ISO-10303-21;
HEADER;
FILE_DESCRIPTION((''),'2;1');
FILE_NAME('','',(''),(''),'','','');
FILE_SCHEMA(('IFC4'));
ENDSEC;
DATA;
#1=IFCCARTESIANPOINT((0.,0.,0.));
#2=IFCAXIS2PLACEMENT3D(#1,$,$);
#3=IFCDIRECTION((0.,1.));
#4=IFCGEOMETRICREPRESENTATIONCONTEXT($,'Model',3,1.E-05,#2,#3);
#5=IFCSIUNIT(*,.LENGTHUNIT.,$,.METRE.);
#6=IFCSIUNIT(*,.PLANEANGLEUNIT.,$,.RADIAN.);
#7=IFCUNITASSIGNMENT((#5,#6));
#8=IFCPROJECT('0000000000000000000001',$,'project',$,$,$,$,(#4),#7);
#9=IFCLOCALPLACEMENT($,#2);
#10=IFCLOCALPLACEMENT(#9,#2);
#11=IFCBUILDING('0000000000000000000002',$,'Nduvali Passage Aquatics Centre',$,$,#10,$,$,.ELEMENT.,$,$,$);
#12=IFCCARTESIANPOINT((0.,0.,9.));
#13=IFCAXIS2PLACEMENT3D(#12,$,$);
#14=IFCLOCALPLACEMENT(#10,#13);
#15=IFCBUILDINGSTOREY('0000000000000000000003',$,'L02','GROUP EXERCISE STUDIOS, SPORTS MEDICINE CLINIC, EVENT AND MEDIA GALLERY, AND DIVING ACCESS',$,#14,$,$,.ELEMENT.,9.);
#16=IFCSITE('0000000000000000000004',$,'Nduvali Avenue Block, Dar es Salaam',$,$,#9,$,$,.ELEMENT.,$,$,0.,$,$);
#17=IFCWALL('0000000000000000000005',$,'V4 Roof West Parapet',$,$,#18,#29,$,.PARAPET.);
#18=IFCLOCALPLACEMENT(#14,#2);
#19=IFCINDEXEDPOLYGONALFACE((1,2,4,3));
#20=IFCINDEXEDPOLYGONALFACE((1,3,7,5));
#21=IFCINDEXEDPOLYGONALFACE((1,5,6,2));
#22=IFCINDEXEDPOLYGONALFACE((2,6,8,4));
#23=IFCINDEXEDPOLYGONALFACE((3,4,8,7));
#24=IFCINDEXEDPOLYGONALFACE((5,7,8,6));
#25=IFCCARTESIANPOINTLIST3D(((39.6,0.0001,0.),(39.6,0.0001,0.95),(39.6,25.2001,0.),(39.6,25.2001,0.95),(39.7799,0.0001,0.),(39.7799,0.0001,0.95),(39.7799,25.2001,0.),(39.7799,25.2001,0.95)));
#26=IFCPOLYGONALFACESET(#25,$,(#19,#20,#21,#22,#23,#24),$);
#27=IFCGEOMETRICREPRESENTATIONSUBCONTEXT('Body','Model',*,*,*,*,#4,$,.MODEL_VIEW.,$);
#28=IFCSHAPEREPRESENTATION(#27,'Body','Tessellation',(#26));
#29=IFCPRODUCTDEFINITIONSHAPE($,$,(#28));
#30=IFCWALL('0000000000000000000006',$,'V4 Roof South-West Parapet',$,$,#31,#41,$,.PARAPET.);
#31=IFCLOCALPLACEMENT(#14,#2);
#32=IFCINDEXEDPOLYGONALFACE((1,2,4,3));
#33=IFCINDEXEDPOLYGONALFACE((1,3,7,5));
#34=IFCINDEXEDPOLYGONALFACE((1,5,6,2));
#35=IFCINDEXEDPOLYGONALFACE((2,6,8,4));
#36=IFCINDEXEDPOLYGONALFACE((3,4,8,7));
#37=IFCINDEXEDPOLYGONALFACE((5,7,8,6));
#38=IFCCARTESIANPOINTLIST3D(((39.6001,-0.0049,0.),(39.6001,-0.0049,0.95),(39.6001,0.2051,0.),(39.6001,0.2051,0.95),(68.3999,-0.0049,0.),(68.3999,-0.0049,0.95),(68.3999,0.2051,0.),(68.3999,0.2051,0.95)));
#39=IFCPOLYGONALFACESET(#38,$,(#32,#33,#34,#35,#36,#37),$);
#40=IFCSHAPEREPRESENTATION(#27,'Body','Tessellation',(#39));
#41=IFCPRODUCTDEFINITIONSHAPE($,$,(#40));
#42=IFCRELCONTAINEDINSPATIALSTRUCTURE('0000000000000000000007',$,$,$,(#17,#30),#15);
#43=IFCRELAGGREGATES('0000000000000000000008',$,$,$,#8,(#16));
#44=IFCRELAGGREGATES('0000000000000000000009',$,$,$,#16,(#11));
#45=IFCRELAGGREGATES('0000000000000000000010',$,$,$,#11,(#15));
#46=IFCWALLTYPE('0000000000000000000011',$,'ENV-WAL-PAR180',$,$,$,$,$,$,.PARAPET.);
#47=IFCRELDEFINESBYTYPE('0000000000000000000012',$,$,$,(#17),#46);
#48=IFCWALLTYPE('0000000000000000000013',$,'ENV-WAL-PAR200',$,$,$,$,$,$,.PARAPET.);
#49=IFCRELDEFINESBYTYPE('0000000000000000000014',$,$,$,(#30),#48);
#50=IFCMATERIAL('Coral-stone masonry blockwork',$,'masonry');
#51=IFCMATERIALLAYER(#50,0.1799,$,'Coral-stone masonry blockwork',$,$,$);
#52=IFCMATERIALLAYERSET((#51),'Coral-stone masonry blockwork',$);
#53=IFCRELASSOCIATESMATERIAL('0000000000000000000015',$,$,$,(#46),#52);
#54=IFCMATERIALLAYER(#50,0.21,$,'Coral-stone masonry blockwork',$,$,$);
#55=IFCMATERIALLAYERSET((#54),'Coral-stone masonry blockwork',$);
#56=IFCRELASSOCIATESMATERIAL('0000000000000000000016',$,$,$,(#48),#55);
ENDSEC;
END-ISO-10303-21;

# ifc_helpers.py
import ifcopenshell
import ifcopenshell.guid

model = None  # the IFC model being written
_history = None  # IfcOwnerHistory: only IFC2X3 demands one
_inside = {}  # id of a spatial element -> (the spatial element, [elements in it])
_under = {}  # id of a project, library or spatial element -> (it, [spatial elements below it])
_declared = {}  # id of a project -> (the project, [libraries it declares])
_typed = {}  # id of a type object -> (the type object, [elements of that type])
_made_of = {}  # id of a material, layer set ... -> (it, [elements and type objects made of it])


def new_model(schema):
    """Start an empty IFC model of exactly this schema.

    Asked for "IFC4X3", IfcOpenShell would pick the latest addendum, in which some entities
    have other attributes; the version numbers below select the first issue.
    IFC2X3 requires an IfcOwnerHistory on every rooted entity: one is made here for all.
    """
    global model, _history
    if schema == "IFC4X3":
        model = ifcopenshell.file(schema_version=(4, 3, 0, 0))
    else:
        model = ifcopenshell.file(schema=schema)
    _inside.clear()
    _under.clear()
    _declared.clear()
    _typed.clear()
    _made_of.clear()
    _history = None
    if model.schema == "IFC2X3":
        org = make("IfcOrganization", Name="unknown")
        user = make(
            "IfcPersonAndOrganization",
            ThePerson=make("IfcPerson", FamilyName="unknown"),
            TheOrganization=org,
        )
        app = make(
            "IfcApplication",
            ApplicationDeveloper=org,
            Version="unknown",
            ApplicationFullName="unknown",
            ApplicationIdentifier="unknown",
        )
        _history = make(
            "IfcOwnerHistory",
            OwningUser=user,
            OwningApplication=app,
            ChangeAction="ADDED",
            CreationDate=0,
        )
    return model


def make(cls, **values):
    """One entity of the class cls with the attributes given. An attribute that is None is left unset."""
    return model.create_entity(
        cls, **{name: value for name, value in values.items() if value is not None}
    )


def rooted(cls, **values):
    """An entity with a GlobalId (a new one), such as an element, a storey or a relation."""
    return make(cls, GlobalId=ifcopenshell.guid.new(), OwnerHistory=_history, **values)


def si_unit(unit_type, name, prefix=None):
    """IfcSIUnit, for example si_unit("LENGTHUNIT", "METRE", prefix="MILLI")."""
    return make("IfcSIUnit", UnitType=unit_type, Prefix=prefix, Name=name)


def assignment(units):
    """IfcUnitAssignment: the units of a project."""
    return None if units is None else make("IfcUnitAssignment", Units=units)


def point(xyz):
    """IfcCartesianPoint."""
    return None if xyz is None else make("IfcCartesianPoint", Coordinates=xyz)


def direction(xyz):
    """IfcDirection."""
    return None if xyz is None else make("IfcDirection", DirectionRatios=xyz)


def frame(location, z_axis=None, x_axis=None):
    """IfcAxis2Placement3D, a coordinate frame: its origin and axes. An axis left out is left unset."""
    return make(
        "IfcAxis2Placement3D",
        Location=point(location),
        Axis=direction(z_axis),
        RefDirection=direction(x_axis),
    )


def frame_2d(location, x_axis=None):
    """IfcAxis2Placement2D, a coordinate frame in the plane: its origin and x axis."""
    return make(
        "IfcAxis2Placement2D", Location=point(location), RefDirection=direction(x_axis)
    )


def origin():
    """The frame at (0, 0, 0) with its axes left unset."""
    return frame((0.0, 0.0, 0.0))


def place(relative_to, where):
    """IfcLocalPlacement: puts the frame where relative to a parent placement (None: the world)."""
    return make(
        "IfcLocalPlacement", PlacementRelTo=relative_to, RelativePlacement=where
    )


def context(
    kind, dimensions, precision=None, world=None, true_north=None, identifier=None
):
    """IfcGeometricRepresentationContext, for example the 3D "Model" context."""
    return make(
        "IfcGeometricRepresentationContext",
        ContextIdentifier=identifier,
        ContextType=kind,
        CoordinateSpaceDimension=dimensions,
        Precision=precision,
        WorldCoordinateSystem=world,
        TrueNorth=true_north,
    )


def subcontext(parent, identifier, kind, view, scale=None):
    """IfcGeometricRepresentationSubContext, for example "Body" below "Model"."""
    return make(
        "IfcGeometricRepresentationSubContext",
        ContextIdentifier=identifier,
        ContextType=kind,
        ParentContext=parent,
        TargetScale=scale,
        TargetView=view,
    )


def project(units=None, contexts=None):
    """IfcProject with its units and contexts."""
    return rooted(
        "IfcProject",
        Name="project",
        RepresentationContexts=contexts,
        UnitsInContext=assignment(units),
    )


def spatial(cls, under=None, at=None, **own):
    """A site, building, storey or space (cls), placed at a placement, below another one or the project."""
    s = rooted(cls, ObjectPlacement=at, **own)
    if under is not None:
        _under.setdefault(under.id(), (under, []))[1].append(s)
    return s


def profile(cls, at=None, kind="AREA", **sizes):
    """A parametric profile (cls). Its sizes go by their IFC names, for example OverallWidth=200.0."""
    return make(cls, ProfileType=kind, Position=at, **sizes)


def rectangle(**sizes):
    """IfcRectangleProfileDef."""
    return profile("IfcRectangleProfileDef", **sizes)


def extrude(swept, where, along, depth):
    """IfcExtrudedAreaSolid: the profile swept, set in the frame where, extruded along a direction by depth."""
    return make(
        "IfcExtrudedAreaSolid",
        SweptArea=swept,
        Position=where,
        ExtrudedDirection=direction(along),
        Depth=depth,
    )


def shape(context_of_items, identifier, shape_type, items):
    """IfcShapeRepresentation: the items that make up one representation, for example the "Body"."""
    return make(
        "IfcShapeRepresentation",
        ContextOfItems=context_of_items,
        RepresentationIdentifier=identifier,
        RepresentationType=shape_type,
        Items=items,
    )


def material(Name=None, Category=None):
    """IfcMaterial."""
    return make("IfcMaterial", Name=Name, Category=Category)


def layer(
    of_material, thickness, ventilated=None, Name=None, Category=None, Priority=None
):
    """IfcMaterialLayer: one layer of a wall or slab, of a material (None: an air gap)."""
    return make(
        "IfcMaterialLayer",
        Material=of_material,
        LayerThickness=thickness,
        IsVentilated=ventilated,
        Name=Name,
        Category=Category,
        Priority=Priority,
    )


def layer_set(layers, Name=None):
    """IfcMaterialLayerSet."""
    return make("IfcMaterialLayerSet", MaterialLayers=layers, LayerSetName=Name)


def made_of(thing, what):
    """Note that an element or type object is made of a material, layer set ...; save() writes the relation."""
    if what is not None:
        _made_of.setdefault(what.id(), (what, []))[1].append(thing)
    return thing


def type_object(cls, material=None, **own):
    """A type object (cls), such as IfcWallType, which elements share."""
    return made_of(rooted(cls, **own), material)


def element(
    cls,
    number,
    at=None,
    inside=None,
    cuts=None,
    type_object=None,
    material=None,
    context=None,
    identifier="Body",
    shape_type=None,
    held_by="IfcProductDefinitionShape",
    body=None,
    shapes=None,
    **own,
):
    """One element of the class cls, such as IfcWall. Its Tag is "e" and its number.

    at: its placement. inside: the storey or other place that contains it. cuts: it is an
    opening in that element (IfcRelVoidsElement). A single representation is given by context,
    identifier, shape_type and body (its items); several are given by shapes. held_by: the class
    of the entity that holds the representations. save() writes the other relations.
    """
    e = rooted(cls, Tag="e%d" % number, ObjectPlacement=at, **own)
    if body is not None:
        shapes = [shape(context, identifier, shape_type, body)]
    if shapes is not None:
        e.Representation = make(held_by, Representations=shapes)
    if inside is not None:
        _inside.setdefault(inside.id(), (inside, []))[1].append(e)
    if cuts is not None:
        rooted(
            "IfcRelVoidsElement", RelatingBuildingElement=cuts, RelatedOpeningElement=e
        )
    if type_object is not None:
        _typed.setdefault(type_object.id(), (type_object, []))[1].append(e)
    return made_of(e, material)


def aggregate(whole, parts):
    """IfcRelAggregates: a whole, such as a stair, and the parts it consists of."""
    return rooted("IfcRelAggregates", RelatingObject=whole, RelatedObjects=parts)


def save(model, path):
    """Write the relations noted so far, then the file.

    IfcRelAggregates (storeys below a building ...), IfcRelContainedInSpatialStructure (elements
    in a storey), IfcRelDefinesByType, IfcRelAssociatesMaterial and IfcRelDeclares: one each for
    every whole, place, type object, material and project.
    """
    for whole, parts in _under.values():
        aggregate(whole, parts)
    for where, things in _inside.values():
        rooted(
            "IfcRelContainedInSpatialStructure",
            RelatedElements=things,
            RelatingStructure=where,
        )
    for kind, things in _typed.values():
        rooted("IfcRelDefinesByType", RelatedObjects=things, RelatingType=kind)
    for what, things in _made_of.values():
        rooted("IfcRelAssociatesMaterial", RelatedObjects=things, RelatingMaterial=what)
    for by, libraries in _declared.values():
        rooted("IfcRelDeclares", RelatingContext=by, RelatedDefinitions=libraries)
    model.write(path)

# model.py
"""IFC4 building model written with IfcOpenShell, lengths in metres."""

from ifc_helpers import new_model, si_unit, direction, frame, frame_2d, origin, place, context, subcontext, project, spatial, rectangle, extrude, material, layer, layer_set, type_object, element, save


model = new_model("IFC4")

# Units and contexts
model_context = context("Model", 3, precision=1e-05, world=origin(), true_north=direction((0.0, 1.0)))
body_context = subcontext(model_context, "Body", "Model", "MODEL_VIEW")
ifc_project = project(units=[si_unit("LENGTHUNIT", "METRE"), si_unit("PLANEANGLEUNIT", "RADIAN")], contexts=[model_context])

# Site, building, storey
site_placement = place(None, origin())
site = spatial("IfcSite", under=ifc_project, at=site_placement, Name="Nduvali Avenue Block, Dar es Salaam", CompositionType="ELEMENT", RefElevation=0.0)
building_placement = place(site_placement, origin())
building = spatial("IfcBuilding", under=site, at=building_placement, Name="Nduvali Passage Aquatics Centre", CompositionType="ELEMENT")
storey_placement = place(building_placement, frame((0.0, 0.0, 9.0)))
storey = spatial("IfcBuildingStorey", under=building, at=storey_placement, Name="L02", Description="GROUP EXERCISE STUDIOS, SPORTS MEDICINE CLINIC, EVENT AND MEDIA GALLERY, AND DIVING ACCESS", CompositionType="ELEMENT", Elevation=9.0)

# Walls
ifc_material_1 = material(Name="Coral-stone masonry blockwork", Category="masonry")
ifc_layer_1 = layer(ifc_material_1, 0.1799, Name="Coral-stone masonry blockwork")
ifc_layer_set_1 = layer_set([ifc_layer_1], Name="Coral-stone masonry blockwork")
wall_type_1 = type_object("IfcWallType", Name="ENV-WAL-PAR180", PredefinedType="PARAPET", material=ifc_layer_set_1)
wall_1_placement = place(storey_placement, frame((39.6899, 0.0, 0.0), z_axis=(0.0, 0.0, 1.0), x_axis=(0.0, 1.0, 0.0)))
element("IfcWall", 1, at=wall_1_placement, inside=storey, type_object=wall_type_1, Name="V4 Roof West Parapet", PredefinedType="PARAPET", context=body_context, shape_type="SweptSolid", body=[
    extrude(rectangle(XDim=25.2, YDim=0.1799, at=frame_2d((12.6001, 0.0))), origin(), (0.0, 0.0, 1.0), 0.95),
])
ifc_layer_2 = layer(ifc_material_1, 0.21, Name="Coral-stone masonry blockwork")
ifc_layer_set_2 = layer_set([ifc_layer_2], Name="Coral-stone masonry blockwork")
wall_type_2 = type_object("IfcWallType", Name="ENV-WAL-PAR200", PredefinedType="PARAPET", material=ifc_layer_set_2)
wall_2_placement = place(storey_placement, frame((39.6001, 0.1001, 0.0), z_axis=(0.0, 0.0, 1.0), x_axis=(1.0, 0.0, 0.0)))
element("IfcWall", 2, at=wall_2_placement, inside=storey, type_object=wall_type_2, Name="V4 Roof South-West Parapet", PredefinedType="PARAPET", context=body_context, shape_type="SweptSolid", body=[
    extrude(rectangle(XDim=28.7998, YDim=0.21, at=frame_2d((14.3999, 0.0))), origin(), (0.0, 0.0, 1.0), 0.95),
])

save(model, "model.ifc")
